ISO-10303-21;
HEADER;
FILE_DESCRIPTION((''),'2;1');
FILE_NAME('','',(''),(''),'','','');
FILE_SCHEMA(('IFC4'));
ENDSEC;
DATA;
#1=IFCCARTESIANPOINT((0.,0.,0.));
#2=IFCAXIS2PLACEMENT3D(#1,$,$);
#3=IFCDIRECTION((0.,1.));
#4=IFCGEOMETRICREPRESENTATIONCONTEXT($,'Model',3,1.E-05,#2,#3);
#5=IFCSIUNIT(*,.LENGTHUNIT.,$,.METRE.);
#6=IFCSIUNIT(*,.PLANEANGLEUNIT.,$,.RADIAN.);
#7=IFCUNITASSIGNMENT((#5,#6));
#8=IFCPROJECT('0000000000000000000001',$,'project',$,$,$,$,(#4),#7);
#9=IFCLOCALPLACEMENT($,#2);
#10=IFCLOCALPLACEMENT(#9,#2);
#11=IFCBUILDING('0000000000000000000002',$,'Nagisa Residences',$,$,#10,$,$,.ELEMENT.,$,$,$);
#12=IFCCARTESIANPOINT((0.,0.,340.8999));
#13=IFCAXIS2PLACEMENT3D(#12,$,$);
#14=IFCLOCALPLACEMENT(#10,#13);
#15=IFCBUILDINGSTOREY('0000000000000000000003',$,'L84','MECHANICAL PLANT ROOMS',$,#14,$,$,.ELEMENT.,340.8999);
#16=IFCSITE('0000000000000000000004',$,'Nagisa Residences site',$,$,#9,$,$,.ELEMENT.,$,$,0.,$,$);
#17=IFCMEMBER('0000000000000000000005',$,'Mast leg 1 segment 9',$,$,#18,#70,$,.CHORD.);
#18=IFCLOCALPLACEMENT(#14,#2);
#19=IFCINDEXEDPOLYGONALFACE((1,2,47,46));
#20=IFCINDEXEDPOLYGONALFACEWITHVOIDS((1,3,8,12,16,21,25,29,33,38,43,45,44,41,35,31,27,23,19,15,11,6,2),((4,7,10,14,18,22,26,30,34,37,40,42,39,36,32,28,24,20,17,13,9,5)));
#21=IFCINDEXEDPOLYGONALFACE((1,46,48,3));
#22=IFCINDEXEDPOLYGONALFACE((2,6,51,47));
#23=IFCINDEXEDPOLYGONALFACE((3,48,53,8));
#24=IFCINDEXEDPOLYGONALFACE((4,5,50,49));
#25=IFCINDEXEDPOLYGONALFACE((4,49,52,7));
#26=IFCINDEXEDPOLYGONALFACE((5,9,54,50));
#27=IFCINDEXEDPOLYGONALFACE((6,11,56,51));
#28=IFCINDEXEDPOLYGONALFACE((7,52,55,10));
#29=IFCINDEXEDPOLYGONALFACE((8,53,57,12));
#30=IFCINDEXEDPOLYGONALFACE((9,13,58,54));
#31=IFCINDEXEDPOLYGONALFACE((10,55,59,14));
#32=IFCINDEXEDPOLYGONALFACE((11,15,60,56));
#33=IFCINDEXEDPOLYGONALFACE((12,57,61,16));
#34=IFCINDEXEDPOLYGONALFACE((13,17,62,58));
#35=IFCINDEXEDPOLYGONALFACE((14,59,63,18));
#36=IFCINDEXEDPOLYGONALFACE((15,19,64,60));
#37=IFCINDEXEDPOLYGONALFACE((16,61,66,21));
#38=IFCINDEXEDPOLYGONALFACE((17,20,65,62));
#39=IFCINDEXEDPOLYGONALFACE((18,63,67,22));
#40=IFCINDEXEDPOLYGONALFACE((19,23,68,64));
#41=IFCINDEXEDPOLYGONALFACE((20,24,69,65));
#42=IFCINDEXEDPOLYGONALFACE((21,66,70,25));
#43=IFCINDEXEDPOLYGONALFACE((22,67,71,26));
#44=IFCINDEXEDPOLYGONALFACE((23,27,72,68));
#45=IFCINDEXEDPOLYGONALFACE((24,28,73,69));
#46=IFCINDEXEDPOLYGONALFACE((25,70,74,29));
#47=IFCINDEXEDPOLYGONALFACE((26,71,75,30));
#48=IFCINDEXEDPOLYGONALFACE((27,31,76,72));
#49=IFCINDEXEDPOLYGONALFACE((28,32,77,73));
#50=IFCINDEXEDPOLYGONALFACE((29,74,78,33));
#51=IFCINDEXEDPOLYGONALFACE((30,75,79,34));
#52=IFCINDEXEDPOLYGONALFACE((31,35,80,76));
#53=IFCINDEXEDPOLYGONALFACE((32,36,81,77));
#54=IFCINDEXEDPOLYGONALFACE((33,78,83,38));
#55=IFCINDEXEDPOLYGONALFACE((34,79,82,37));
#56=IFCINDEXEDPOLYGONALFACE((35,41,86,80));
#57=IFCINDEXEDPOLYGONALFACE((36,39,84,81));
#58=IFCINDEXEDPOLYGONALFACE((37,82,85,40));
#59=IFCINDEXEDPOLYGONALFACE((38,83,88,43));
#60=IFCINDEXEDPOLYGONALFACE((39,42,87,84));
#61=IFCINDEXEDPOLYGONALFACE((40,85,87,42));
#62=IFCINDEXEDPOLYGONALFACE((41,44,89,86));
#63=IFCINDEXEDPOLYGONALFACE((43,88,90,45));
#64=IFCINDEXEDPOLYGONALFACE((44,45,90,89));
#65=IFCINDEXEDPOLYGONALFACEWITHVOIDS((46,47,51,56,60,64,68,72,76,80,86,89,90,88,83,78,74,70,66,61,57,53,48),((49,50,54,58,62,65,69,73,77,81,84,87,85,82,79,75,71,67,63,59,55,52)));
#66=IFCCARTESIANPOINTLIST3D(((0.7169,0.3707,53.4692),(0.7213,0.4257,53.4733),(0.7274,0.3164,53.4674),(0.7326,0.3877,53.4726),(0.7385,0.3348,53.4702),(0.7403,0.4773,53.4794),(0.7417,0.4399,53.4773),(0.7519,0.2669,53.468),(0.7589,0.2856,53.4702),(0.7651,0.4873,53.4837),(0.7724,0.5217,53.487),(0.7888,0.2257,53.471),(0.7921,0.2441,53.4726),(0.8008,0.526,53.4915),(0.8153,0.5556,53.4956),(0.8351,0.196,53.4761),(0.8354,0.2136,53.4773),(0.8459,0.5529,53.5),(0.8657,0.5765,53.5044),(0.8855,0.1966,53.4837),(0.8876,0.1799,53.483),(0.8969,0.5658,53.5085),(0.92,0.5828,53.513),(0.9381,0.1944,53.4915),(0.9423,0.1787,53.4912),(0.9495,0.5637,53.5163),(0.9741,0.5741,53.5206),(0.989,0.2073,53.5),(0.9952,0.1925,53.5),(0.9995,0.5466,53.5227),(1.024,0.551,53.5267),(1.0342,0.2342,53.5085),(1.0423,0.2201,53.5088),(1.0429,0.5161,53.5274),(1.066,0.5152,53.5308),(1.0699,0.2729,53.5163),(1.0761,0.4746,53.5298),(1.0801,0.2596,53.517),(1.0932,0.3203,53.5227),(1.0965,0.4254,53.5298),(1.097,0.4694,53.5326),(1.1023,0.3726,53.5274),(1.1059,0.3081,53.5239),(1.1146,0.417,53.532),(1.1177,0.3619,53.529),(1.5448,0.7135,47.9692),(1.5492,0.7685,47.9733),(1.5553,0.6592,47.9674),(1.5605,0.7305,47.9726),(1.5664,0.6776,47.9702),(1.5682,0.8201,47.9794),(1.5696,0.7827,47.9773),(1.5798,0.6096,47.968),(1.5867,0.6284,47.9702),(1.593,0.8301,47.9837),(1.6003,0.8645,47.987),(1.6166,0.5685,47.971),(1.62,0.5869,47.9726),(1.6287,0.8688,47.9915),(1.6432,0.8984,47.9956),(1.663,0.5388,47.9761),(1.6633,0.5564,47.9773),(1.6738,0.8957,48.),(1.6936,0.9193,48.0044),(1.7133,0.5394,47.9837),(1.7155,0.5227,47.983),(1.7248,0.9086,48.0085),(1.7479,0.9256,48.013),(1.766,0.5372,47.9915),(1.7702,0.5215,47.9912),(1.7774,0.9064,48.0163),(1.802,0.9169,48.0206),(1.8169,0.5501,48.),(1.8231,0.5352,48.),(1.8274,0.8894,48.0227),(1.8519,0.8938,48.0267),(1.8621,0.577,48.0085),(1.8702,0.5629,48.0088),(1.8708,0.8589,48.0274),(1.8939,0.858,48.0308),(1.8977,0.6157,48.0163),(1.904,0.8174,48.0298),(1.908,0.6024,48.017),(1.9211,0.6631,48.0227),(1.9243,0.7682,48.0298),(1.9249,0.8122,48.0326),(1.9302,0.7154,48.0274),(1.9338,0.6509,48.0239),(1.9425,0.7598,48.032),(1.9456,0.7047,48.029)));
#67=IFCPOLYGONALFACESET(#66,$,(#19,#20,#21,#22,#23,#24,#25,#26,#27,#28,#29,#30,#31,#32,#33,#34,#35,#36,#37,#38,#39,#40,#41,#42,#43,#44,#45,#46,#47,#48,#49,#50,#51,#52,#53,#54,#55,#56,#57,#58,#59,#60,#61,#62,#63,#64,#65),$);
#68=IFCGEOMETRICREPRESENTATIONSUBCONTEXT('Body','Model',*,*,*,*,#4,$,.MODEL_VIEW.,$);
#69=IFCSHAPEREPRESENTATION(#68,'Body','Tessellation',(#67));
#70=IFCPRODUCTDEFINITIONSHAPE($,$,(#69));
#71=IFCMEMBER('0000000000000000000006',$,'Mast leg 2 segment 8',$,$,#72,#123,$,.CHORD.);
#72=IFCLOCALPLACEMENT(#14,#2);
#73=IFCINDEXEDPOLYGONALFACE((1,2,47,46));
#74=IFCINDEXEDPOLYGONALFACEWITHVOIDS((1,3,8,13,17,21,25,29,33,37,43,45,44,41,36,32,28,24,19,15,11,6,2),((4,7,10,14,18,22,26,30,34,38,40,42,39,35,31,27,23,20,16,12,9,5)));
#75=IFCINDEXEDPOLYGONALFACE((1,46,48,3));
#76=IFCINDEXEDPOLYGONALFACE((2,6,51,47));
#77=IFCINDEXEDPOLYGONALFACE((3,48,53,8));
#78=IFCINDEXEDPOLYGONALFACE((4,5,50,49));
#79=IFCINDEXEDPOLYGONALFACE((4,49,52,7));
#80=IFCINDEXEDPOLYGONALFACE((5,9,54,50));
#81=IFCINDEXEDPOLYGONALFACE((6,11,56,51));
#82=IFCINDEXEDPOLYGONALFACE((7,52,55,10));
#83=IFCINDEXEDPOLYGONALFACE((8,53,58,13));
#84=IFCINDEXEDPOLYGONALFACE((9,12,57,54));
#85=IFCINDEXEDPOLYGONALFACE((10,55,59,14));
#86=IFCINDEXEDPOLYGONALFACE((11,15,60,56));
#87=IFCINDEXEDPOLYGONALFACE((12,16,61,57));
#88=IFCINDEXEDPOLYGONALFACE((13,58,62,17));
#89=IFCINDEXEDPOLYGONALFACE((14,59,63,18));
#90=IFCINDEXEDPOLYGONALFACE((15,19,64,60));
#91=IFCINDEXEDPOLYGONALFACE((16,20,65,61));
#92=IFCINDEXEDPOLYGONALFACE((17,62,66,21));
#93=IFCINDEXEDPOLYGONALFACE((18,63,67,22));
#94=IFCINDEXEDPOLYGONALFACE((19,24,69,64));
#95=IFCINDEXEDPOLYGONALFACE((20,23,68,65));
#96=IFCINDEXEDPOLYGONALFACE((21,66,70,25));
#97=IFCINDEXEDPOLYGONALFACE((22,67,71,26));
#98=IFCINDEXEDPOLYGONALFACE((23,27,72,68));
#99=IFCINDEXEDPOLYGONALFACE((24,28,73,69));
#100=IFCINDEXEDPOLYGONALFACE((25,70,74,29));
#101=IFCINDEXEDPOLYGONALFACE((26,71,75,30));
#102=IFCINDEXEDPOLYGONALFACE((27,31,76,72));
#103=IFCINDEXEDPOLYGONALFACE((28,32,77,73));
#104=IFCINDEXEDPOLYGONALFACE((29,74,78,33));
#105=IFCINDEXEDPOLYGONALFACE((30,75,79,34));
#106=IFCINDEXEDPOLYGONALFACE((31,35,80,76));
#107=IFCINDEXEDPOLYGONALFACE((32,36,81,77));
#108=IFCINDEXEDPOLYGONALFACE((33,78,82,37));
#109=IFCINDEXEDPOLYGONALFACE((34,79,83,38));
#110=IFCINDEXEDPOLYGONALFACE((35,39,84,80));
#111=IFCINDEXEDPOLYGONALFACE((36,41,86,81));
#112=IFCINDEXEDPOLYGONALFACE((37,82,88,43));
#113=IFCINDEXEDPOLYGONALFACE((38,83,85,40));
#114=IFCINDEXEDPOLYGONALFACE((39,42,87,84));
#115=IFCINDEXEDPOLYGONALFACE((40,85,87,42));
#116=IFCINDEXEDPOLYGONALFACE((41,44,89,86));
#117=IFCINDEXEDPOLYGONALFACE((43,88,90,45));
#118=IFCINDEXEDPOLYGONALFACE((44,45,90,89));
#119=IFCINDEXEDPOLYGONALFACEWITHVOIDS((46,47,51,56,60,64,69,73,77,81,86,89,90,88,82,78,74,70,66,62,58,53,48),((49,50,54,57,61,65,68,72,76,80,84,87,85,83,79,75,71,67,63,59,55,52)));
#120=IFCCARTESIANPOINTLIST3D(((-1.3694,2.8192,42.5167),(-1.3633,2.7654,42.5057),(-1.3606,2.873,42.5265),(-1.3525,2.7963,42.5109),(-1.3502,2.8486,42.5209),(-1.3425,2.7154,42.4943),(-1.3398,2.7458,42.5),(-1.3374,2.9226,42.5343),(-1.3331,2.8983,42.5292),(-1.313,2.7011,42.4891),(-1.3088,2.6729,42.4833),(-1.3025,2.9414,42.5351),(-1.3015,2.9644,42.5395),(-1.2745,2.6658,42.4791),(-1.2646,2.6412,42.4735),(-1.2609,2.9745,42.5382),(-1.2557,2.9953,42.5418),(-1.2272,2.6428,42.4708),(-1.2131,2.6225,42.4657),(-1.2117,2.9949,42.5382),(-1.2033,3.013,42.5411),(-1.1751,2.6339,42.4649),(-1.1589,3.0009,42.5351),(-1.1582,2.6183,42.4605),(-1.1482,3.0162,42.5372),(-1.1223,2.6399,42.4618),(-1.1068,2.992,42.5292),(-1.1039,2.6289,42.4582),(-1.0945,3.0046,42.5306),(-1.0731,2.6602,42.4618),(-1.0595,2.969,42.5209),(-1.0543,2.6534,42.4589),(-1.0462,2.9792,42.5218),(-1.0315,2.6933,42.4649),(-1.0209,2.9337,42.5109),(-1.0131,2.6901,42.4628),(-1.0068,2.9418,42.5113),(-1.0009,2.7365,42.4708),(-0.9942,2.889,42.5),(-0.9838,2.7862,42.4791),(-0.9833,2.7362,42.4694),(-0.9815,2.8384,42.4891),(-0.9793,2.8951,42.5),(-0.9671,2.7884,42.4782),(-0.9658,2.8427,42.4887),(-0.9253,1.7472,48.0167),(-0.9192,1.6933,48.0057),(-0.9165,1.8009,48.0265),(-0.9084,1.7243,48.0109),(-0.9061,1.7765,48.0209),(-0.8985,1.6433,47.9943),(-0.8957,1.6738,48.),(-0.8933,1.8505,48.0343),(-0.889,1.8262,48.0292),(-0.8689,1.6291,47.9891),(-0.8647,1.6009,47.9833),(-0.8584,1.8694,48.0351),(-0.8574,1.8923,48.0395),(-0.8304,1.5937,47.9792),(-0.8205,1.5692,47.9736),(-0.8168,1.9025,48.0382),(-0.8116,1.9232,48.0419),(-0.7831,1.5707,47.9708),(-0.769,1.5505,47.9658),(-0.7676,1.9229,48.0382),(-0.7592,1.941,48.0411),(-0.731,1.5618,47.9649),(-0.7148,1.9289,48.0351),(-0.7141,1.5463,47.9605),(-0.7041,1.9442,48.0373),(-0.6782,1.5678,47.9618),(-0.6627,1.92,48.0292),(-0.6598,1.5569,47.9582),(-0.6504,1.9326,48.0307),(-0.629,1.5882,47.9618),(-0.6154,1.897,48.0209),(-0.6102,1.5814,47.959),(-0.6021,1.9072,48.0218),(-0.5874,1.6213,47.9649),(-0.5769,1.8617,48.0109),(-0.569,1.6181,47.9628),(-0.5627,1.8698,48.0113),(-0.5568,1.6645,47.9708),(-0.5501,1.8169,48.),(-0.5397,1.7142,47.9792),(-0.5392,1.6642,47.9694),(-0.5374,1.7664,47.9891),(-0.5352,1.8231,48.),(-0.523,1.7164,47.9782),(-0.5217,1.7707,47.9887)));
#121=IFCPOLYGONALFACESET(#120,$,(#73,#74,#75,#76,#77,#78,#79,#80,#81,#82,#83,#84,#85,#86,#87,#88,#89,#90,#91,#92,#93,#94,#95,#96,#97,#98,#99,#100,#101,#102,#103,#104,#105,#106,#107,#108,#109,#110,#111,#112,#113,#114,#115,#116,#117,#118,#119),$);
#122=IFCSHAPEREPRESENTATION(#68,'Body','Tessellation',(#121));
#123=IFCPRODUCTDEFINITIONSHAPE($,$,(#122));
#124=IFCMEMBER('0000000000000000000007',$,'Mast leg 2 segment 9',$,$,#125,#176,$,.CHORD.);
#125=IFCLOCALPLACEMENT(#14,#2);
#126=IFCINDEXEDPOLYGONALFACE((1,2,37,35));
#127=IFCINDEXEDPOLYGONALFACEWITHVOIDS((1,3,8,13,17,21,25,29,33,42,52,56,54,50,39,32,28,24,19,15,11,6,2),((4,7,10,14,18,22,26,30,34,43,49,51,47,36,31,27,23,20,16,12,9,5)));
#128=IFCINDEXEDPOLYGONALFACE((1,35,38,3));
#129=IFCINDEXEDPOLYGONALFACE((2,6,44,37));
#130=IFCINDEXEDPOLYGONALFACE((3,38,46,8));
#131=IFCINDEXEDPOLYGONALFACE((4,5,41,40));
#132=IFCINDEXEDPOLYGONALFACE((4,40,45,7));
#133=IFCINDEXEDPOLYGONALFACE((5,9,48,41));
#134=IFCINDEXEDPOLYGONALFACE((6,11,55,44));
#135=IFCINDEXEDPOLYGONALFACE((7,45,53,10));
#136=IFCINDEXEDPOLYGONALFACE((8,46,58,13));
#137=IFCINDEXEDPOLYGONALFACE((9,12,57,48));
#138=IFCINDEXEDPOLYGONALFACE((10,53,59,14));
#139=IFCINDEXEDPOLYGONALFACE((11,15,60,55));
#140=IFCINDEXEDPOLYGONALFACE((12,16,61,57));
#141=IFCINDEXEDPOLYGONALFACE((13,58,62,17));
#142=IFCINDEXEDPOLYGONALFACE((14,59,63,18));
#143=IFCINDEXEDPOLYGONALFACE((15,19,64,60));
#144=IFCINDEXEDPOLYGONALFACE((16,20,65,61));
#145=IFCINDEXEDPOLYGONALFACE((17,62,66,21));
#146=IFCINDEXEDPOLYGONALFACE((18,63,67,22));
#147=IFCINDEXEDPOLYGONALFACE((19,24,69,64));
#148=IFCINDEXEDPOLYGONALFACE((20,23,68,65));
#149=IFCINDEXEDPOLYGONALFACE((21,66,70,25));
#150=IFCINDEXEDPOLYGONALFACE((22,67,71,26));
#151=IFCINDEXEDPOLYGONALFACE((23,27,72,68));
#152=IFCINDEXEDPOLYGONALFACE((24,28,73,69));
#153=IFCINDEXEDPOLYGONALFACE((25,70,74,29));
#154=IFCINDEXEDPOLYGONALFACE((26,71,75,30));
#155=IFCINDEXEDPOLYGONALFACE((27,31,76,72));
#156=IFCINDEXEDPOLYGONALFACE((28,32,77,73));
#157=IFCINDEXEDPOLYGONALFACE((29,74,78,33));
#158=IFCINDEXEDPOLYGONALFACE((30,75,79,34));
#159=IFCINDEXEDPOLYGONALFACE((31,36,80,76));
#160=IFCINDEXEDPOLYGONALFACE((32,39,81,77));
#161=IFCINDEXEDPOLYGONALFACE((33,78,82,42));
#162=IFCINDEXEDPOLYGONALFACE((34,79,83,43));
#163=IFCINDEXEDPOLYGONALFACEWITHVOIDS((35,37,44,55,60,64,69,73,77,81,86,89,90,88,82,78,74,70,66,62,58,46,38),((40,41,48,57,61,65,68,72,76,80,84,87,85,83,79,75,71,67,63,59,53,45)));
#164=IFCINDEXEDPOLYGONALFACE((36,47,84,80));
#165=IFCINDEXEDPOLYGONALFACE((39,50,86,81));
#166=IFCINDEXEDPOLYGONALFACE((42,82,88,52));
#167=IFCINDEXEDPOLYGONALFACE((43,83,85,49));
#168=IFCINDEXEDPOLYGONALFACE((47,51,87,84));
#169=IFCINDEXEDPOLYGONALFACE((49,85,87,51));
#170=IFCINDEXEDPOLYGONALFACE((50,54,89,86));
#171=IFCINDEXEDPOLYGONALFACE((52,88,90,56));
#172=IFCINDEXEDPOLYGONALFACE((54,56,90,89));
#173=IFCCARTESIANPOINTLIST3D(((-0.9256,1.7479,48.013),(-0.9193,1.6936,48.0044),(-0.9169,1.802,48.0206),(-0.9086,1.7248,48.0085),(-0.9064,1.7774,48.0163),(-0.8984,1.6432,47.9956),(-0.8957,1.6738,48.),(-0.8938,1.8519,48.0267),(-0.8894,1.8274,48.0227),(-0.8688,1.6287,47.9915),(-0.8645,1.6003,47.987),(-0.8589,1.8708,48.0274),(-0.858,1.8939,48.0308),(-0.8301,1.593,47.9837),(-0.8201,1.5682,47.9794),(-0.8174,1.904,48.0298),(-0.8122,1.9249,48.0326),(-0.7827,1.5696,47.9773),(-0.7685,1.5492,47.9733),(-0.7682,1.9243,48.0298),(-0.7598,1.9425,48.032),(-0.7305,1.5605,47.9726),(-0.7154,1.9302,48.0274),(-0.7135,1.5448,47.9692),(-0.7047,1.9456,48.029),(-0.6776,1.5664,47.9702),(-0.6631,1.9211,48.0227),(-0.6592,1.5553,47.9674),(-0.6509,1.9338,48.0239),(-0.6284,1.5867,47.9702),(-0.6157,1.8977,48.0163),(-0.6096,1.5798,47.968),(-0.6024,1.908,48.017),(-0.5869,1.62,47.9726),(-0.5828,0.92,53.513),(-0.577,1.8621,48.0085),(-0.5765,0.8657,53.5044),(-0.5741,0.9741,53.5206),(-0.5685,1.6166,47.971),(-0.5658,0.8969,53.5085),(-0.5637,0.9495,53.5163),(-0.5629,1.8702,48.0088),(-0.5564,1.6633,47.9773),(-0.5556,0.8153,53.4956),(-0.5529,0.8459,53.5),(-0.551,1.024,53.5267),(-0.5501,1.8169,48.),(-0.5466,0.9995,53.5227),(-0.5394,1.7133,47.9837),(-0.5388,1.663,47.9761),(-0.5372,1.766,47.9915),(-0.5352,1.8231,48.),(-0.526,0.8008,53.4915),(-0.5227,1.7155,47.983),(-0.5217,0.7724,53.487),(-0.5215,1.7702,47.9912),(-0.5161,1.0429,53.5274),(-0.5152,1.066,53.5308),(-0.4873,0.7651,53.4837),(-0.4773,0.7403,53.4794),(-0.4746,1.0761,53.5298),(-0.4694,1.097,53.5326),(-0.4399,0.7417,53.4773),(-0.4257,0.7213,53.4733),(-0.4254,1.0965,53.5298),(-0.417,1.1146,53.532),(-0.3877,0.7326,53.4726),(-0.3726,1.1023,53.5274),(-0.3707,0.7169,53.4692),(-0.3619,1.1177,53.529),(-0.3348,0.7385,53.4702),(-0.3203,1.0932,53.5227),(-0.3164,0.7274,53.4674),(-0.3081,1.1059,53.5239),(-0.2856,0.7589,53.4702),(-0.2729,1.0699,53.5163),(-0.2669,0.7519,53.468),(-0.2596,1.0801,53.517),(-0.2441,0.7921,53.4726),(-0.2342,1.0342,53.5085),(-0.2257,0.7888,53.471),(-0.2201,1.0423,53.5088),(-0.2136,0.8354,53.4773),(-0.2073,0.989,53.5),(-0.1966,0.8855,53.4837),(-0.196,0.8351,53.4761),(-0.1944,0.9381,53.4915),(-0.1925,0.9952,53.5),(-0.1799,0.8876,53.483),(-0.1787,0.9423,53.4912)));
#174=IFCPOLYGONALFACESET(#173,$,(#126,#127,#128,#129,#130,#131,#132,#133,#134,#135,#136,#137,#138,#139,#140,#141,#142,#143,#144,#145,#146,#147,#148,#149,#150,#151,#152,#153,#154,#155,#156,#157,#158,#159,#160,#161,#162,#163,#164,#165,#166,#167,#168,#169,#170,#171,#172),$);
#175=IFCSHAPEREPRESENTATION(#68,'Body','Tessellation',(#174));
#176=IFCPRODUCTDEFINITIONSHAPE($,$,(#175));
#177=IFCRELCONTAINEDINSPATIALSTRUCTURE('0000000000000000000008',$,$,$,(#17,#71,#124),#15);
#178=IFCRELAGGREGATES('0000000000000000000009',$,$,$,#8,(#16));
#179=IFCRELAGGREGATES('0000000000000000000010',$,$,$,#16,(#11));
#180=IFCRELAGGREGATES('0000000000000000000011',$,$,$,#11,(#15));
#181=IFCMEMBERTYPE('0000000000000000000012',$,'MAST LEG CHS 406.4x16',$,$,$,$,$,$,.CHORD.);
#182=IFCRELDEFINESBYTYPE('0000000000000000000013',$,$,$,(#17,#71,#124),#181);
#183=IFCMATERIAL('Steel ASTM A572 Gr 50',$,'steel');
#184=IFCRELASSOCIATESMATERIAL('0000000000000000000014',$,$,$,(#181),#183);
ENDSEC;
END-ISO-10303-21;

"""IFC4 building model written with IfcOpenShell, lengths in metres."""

from ifc_helpers import new_model, si_unit, direction, frame, origin, origin_2d, place, context, subcontext, project, spatial, hollow_circle, extrude, material, material_profile, profile_set, type_object, element, save


model = new_model("IFC4")

# Units and contexts
model_context = context("Model", 3, precision=1e-05, world=origin(), true_north=direction((0.0, 1.0)))
body_context = subcontext(model_context, "Body", "Model", "MODEL_VIEW")
ifc_project = project(units=[si_unit("LENGTHUNIT", "METRE"), si_unit("PLANEANGLEUNIT", "RADIAN")], contexts=[model_context])

# Site, building, storey
site_placement = place(None, origin())
site = spatial("IfcSite", under=ifc_project, at=site_placement, Name="Nagisa Residences site", CompositionType="ELEMENT", RefElevation=0.0)
building_placement = place(site_placement, origin())
building = spatial("IfcBuilding", under=site, at=building_placement, Name="Nagisa Residences", CompositionType="ELEMENT")
storey_placement = place(building_placement, frame((0.0, 0.0, 340.8999)))
storey = spatial("IfcBuildingStorey", under=building, at=storey_placement, Name="L84", Description="MECHANICAL PLANT ROOMS", CompositionType="ELEMENT", Elevation=340.8999)

# Members
ifc_material_1 = material(Name="Steel ASTM A572 Gr 50", Category="steel")
ifc_material_profile_1 = material_profile(ifc_material_1, hollow_circle(Radius=0.2031, WallThickness=0.0161, at=origin_2d()), Name="MAST LEG CHS 406.4x16")
ifc_profile_set_1 = profile_set([ifc_material_profile_1], Name="Steel ASTM A572 Gr 50")
member_type_1 = type_object("IfcMemberType", Name="MAST LEG CHS 406.4x16", PredefinedType="CHORD", material=ifc_profile_set_1)
member_1_placement = place(storey_placement, frame((1.7454, 0.7229, 48.0), z_axis=(-0.148565, -0.061511, 0.986988), x_axis=(0.382544, -0.923937, 0.0)))
element("IfcMember", 1, at=member_1_placement, inside=storey, type_object=member_type_1, Name="Mast leg 1 segment 9", PredefinedType="CHORD", context=body_context, shape_type="SweptSolid", body=[
    extrude(hollow_circle(Radius=0.2031, WallThickness=0.0161, at=origin_2d()), origin(), (0.0, 0.0, 1.0), 5.5725),
])
member_2_placement = place(storey_placement, frame((-1.167, 2.8174, 42.5), z_axis=(0.079005, -0.190715, 0.978461), x_axis=(0.923866, 0.382717, 0.0)))
element("IfcMember", 2, at=member_2_placement, inside=storey, type_object=member_type_1, Name="Mast leg 2 segment 8", PredefinedType="CHORD", context=body_context, shape_type="SweptSolid", body=[
    extrude(hollow_circle(Radius=0.2031, WallThickness=0.0161, at=origin_2d()), origin(), (0.0, 0.0, 1.0), 5.6211),
])
member_3_placement = place(storey_placement, frame((-0.7229, 1.7454, 48.0), z_axis=(0.061511, -0.148565, 0.986988), x_axis=(0.923937, 0.382544, 0.0)))
element("IfcMember", 3, at=member_3_placement, inside=storey, type_object=member_type_1, Name="Mast leg 2 segment 9", PredefinedType="CHORD", context=body_context, shape_type="SweptSolid", body=[
    extrude(hollow_circle(Radius=0.2031, WallThickness=0.0161, at=origin_2d()), origin(), (0.0, 0.0, 1.0), 5.5725),
])

save(model, "model.ifc")
